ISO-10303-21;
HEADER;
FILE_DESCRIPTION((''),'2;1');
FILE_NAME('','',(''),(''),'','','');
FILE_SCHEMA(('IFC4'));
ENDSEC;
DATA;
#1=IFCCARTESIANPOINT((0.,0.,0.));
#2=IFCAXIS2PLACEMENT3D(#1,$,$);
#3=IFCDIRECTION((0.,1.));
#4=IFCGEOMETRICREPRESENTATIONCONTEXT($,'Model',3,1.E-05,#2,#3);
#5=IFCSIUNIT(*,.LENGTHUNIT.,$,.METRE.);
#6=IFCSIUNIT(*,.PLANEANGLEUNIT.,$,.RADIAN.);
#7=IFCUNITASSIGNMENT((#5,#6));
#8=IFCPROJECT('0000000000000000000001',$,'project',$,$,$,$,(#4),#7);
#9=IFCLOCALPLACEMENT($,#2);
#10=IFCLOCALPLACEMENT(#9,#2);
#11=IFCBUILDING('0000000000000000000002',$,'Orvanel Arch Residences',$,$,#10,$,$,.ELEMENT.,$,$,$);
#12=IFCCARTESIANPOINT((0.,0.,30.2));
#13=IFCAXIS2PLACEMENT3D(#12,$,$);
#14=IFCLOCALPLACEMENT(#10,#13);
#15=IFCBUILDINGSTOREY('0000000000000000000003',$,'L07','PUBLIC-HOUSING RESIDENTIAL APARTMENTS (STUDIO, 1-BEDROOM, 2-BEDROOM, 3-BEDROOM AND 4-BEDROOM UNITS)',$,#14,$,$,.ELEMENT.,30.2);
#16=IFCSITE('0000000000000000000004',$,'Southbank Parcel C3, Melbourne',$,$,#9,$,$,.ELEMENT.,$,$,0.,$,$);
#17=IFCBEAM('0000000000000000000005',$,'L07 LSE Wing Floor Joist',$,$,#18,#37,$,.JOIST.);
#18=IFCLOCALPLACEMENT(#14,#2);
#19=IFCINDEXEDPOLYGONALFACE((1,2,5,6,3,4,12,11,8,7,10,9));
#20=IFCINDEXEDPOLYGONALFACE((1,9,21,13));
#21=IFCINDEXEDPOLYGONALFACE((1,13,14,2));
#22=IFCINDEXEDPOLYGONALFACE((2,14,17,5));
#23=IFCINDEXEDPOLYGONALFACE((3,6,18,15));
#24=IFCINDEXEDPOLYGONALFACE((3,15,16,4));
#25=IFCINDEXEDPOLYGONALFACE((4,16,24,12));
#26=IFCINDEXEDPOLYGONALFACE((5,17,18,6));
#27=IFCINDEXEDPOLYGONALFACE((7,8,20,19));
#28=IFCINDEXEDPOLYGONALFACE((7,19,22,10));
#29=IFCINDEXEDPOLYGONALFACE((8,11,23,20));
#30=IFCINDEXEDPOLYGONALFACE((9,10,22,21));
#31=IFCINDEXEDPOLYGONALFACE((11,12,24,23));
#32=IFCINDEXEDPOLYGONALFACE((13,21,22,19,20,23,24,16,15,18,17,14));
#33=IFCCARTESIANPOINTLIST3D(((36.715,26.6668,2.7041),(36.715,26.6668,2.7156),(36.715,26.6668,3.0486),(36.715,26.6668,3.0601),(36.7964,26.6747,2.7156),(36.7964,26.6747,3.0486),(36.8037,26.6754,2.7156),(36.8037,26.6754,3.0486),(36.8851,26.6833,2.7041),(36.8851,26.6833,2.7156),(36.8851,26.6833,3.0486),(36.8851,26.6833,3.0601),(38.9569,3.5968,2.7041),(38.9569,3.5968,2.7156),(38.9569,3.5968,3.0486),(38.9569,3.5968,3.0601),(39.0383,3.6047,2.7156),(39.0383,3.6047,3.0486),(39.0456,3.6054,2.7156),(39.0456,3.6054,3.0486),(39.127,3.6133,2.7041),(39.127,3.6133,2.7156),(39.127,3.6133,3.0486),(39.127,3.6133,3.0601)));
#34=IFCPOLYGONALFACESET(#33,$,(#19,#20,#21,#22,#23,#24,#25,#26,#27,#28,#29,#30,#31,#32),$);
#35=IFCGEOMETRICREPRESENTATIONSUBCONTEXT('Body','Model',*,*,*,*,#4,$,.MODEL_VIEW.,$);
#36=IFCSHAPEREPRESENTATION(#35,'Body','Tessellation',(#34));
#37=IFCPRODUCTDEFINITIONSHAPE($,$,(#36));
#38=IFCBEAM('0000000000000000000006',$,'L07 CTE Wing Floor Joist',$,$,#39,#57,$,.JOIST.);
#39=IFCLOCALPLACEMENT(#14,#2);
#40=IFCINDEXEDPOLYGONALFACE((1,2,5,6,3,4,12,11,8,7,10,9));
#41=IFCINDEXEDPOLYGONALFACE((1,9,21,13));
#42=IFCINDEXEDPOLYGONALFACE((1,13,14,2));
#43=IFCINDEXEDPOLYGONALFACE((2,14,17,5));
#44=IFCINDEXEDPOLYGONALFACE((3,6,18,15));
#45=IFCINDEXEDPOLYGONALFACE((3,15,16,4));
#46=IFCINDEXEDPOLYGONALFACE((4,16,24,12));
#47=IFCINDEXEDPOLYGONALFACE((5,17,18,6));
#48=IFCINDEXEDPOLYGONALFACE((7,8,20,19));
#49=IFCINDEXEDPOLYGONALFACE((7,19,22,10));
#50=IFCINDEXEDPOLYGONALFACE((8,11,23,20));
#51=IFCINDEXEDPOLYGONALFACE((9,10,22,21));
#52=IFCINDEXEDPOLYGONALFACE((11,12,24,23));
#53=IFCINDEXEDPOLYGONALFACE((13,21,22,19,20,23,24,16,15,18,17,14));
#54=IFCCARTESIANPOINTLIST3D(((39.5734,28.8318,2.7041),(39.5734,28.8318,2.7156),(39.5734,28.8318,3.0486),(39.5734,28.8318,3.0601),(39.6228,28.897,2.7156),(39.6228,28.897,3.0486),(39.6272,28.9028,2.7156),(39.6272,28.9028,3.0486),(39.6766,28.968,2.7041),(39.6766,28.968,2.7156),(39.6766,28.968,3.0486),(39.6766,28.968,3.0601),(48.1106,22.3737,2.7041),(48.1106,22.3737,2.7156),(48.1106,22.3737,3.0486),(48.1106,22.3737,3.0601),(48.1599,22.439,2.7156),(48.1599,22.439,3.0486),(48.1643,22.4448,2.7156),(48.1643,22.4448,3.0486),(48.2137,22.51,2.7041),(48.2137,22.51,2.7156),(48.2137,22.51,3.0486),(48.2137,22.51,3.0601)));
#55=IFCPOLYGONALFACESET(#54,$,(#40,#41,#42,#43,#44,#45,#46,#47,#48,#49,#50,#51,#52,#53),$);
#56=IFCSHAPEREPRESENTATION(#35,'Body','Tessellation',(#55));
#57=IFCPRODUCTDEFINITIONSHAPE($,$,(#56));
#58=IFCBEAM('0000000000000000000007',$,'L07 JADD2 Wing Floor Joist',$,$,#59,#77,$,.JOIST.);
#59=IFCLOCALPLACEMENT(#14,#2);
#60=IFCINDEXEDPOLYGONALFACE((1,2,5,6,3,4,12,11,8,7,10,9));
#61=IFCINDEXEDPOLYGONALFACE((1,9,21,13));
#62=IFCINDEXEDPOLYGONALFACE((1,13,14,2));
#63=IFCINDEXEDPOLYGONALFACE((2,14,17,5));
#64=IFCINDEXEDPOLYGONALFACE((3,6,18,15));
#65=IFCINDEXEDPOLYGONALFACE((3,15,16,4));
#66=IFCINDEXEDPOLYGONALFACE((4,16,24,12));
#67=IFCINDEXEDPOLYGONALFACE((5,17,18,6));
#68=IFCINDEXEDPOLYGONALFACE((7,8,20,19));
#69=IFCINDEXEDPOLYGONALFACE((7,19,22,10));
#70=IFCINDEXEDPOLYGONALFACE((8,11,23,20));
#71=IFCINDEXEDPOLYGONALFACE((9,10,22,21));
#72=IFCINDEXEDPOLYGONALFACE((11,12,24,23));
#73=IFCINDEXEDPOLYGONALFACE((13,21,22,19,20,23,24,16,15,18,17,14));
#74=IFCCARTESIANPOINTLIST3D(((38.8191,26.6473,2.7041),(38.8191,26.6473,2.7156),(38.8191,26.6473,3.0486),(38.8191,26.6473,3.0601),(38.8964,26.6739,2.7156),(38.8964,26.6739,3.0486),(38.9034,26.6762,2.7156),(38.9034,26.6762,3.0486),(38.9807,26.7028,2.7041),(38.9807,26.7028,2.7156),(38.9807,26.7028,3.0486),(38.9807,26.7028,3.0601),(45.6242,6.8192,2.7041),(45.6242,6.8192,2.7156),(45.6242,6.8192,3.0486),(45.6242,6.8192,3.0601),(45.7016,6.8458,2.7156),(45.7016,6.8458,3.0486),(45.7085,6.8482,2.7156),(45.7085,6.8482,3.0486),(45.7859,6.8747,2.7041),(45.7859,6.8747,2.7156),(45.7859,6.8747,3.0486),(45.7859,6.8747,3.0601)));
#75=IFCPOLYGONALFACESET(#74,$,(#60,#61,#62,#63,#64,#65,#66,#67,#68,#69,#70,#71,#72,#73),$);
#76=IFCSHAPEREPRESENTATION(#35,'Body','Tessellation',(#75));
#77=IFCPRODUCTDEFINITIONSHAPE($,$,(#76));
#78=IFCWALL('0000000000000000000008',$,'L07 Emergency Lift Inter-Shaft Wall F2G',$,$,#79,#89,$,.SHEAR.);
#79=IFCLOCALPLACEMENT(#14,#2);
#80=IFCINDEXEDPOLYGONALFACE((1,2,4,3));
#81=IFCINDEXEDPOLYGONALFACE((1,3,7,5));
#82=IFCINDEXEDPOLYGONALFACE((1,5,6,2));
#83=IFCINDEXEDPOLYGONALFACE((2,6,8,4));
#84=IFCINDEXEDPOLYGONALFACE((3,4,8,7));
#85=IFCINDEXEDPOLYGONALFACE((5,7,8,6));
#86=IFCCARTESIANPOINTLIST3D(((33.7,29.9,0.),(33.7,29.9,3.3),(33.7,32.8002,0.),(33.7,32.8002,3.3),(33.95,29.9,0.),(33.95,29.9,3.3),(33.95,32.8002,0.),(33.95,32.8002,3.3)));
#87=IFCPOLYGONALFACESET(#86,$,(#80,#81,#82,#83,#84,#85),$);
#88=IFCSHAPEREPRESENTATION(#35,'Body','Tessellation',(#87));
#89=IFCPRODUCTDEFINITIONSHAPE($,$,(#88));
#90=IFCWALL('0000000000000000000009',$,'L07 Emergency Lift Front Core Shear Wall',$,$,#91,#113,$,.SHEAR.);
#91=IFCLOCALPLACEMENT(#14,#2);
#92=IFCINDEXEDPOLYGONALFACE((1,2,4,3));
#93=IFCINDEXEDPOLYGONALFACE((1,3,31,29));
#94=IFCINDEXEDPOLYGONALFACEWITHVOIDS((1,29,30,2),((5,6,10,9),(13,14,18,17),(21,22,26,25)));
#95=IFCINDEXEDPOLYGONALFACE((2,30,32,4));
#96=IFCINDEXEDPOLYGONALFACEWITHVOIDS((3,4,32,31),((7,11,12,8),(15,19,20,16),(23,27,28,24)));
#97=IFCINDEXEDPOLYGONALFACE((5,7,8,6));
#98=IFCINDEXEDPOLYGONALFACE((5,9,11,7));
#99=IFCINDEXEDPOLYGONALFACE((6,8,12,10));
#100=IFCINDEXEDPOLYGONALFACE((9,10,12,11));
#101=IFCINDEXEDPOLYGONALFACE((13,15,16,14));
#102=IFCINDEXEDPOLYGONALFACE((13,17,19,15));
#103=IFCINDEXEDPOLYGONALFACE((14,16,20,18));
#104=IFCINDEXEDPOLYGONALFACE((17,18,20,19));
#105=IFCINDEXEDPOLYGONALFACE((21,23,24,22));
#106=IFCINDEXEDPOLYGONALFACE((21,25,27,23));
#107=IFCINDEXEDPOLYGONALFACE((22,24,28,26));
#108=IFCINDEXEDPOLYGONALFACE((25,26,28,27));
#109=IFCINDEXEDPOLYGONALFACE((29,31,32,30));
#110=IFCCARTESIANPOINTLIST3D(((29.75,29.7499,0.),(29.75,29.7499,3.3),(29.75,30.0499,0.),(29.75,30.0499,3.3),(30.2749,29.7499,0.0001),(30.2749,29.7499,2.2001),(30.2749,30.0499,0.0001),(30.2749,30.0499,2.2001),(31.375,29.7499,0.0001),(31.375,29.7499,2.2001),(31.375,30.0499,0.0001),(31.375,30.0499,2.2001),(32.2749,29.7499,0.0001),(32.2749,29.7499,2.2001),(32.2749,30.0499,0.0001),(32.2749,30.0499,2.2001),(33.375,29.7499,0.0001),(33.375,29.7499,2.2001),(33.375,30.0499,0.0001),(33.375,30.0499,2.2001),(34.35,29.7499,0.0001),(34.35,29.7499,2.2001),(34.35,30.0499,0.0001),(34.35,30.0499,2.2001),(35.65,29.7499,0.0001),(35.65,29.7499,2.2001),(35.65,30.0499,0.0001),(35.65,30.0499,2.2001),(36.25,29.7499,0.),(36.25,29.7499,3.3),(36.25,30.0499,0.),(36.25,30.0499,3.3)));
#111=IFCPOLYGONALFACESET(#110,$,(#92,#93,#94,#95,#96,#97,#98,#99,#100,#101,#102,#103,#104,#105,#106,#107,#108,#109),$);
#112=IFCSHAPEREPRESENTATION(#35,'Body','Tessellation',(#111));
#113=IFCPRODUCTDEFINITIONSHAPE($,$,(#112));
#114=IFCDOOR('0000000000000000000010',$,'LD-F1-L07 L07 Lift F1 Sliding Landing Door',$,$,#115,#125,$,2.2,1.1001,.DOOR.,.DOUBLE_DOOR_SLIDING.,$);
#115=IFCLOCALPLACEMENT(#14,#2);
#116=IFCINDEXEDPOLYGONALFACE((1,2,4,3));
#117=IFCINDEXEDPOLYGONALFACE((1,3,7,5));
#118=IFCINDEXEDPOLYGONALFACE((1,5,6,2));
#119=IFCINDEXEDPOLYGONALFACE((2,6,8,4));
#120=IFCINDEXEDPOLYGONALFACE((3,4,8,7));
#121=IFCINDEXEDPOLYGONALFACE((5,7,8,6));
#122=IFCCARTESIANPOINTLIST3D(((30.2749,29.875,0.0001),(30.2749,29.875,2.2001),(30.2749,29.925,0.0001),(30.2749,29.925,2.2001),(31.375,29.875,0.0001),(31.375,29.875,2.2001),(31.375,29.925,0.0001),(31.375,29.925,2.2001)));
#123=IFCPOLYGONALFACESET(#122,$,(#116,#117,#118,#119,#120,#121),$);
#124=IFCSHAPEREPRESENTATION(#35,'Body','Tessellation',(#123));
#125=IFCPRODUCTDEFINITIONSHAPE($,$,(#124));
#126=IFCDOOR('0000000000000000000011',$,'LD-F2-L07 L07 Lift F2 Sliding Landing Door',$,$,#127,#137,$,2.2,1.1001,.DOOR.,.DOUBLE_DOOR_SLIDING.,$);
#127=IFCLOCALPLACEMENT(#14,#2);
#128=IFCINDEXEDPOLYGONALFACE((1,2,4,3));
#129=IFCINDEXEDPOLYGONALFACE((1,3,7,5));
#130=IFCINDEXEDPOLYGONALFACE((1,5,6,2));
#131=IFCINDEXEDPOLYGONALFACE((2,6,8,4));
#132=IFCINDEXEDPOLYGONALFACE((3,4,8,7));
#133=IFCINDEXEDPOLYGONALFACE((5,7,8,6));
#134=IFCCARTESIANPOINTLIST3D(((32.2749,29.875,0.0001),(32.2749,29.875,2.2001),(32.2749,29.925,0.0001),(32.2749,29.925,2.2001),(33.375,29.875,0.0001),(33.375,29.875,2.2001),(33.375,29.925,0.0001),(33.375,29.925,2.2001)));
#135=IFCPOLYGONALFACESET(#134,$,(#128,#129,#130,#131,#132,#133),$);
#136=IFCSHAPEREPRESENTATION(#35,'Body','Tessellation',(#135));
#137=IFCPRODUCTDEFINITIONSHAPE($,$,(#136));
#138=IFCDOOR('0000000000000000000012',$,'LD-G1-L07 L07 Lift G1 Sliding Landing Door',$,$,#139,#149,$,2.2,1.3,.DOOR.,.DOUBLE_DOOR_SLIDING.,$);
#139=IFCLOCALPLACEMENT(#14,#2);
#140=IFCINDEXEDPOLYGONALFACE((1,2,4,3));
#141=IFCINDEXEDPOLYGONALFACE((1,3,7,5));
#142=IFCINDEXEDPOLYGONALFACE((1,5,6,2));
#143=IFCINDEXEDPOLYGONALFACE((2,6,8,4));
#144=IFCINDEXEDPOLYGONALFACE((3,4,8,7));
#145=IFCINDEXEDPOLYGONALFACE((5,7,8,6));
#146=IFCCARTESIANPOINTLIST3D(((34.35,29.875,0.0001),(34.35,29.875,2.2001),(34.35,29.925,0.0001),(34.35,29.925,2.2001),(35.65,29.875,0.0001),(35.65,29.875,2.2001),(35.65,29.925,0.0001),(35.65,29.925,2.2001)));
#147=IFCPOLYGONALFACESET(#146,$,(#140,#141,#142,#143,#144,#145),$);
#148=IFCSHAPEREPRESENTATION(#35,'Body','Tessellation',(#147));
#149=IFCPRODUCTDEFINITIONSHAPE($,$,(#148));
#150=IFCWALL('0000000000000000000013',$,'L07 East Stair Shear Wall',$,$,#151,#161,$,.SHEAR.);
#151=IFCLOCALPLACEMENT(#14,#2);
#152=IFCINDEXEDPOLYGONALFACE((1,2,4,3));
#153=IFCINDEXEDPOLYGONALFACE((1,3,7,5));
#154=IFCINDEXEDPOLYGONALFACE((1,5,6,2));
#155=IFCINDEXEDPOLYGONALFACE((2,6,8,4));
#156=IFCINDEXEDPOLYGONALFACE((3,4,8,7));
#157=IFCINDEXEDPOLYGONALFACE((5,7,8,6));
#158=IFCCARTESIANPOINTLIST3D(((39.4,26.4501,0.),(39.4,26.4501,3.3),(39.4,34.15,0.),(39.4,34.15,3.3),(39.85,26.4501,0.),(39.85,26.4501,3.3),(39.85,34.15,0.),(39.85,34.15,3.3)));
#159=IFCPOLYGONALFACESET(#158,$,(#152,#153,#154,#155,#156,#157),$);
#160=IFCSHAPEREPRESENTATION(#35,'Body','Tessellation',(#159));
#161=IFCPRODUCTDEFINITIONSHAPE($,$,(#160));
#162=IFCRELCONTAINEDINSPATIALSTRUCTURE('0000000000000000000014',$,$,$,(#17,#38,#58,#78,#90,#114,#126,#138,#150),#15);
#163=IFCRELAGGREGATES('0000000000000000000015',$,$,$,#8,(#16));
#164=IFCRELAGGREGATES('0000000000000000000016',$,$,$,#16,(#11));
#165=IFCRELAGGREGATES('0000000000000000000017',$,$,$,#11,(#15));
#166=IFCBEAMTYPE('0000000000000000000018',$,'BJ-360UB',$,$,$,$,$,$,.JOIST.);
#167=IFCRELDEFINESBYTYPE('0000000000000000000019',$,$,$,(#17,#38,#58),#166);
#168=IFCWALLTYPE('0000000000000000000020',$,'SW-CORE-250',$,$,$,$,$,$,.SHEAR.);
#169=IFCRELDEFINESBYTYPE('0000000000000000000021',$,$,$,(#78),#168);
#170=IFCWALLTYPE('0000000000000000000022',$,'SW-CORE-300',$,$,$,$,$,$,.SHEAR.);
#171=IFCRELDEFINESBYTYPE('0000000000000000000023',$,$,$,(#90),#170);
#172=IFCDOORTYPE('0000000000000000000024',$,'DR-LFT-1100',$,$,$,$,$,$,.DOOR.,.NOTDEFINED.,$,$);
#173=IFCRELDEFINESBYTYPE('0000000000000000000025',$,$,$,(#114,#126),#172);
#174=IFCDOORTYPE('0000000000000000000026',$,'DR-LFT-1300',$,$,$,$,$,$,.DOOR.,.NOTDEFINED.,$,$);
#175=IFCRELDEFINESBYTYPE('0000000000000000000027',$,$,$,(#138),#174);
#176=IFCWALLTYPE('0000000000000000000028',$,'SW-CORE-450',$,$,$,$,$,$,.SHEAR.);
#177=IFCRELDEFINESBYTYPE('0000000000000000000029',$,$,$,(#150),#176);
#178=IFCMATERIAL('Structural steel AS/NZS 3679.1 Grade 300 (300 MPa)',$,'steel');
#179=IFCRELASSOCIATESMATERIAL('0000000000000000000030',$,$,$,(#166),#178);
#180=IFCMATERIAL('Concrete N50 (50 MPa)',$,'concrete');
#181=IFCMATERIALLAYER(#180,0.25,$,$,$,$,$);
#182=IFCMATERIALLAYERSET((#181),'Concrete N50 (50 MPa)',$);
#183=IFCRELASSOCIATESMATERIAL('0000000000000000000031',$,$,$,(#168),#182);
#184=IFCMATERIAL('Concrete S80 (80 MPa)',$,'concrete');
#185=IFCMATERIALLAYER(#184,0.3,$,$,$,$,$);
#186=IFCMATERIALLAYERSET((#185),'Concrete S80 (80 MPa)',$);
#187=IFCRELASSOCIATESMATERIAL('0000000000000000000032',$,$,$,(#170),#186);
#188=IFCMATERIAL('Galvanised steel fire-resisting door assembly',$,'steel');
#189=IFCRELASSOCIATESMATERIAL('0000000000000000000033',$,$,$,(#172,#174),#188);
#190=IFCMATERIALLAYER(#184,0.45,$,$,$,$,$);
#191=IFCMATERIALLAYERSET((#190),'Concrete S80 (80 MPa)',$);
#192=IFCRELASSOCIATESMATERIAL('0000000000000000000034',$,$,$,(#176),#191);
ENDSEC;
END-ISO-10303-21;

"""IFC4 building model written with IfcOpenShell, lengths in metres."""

from ifc_helpers import new_model, si_unit, direction, frame, frame_2d, origin, origin_2d, place, context, subcontext, project, spatial, rectangle, i_section, extrude, material, layer, layer_set, material_profile, profile_set, type_object, element, fill, save


model = new_model("IFC4")

# Units and contexts
model_context = context("Model", 3, precision=1e-05, world=origin(), true_north=direction((0.0, 1.0)))
body_context = subcontext(model_context, "Body", "Model", "MODEL_VIEW")
ifc_project = project(units=[si_unit("LENGTHUNIT", "METRE"), si_unit("PLANEANGLEUNIT", "RADIAN")], contexts=[model_context])

# Site, building, storey
site_placement = place(None, origin())
site = spatial("IfcSite", under=ifc_project, at=site_placement, Name="Southbank Parcel C3, Melbourne", CompositionType="ELEMENT", RefElevation=0.0)
building_placement = place(site_placement, origin())
building = spatial("IfcBuilding", under=site, at=building_placement, Name="Orvanel Arch Residences", CompositionType="ELEMENT")
storey_placement = place(building_placement, frame((0.0, 0.0, 30.2)))
storey = spatial("IfcBuildingStorey", under=building, at=storey_placement, Name="L07", Description="PUBLIC-HOUSING RESIDENTIAL APARTMENTS (STUDIO, 1-BEDROOM, 2-BEDROOM, 3-BEDROOM AND 4-BEDROOM UNITS)", CompositionType="ELEMENT", Elevation=30.2)

# Beams
ifc_material_1 = material(Name="Structural steel AS/NZS 3679.1 Grade 300 (300 MPa)", Category="steel")
ifc_material_profile_1 = material_profile(ifc_material_1, i_section(OverallWidth=0.1709, OverallDepth=0.356, WebThickness=0.0073, FlangeThickness=0.0115, at=origin_2d()), Name="360UB50.7")
ifc_profile_set_1 = profile_set([ifc_material_profile_1], Name="Structural steel AS/NZS 3679.1 Grade 300 (300 MPa)")
beam_type_1 = type_object("IfcBeamType", Name="BJ-360UB", PredefinedType="JOIST", material=ifc_profile_set_1)
beam_1_placement = place(storey_placement, frame((36.8, 26.675, 2.8821), z_axis=(0.096724, -0.995311, 0.0), x_axis=(0.995311, 0.096724, 0.0)))
element("IfcBeam", 1, at=beam_1_placement, inside=storey, type_object=beam_type_1, Name="L07 LSE Wing Floor Joist", PredefinedType="JOIST", context=body_context, shape_type="SweptSolid", body=[
    extrude(i_section(OverallWidth=0.1709, OverallDepth=0.356, WebThickness=0.0073, FlangeThickness=0.0115, at=origin_2d()), origin(), (0.0, 0.0, 1.0), 23.1787),
])
beam_2_placement = place(storey_placement, frame((39.625, 28.8999, 2.8821), z_axis=(0.797519, -0.603294, 0.0), x_axis=(0.603294, 0.797519, 0.0)))
element("IfcBeam", 2, at=beam_2_placement, inside=storey, type_object=beam_type_1, Name="L07 CTE Wing Floor Joist", PredefinedType="JOIST", context=body_context, shape_type="SweptSolid", body=[
    extrude(i_section(OverallWidth=0.1709, OverallDepth=0.356, WebThickness=0.0073, FlangeThickness=0.0115, at=origin_2d()), origin(), (0.0, 0.0, 1.0), 10.7046),
])
beam_3_placement = place(storey_placement, frame((38.8999, 26.675, 2.8821), z_axis=(0.324621, -0.945844, 0.0), x_axis=(0.945844, 0.324621, 0.0)))
element("IfcBeam", 3, at=beam_3_placement, inside=storey, type_object=beam_type_1, Name="L07 JADD2 Wing Floor Joist", PredefinedType="JOIST", context=body_context, shape_type="SweptSolid", body=[
    extrude(i_section(OverallWidth=0.1709, OverallDepth=0.356, WebThickness=0.0073, FlangeThickness=0.0115, at=origin_2d()), origin(), (0.0, 0.0, 1.0), 20.9634),
])

# Wall
ifc_material_2 = material(Name="Concrete N50 (50 MPa)", Category="concrete")
ifc_layer_1 = layer(ifc_material_2, 0.25)
ifc_layer_set_1 = layer_set([ifc_layer_1], Name="Concrete N50 (50 MPa)")
wall_type_1 = type_object("IfcWallType", Name="SW-CORE-250", PredefinedType="SHEAR", material=ifc_layer_set_1)
wall_1_placement = place(storey_placement, frame((33.825, 29.8999, 0.0), z_axis=(0.0, 0.0, 1.0), x_axis=(0.0, 1.0, 0.0)))
element("IfcWall", 4, at=wall_1_placement, inside=storey, type_object=wall_type_1, Name="L07 Emergency Lift Inter-Shaft Wall F2G", PredefinedType="SHEAR", context=body_context, shape_type="SweptSolid", body=[
    extrude(rectangle(XDim=2.9001, YDim=0.25, at=frame_2d((1.4502, 0.0))), origin(), (0.0, 0.0, 1.0), 3.3),
])

# Shared definitions
ifc_material_3 = material(Name="Concrete S80 (80 MPa)", Category="concrete")
ifc_layer_2 = layer(ifc_material_3, 0.3)
ifc_layer_set_2 = layer_set([ifc_layer_2], Name="Concrete S80 (80 MPa)")
wall_type_2 = type_object("IfcWallType", Name="SW-CORE-300", PredefinedType="SHEAR", material=ifc_layer_set_2)
ifc_material_4 = material(Name="Galvanised steel fire-resisting door assembly", Category="steel")

# Wall, openings, doors
wall_2_placement = place(storey_placement, frame((36.25, 29.8999, 0.0), z_axis=(0.0, 0.0, 1.0), x_axis=(-1.0, 0.0, 0.0)))
wall_2 = element("IfcWall", 5, at=wall_2_placement, inside=storey, type_object=wall_type_2, Name="L07 Emergency Lift Front Core Shear Wall", PredefinedType="SHEAR", context=body_context, shape_type="SweptSolid", body=[
    extrude(rectangle(XDim=6.5, YDim=0.3, at=frame_2d((3.25, 0.0))), origin(), (0.0, 0.0, 1.0), 3.3),
])
opening_1_placement = place(wall_2_placement, frame((4.875, 0.0, 0.0)))
opening_1 = element("IfcOpeningElement", 6, at=opening_1_placement, cuts=wall_2, PredefinedType="OPENING", context=body_context, shape_type="SweptSolid", body=[
    extrude(rectangle(XDim=1.1001, YDim=2.2, at=frame_2d((0.55, 1.1001))), frame((0.0, 0.1599, 0.0), z_axis=(0.0, -1.0, 0.0), x_axis=(1.0, 0.0, 0.0)), (0.0, 0.0, 1.0), 0.3201),
])
opening_2_placement = place(wall_2_placement, frame((2.875, 0.0, 0.0)))
opening_2 = element("IfcOpeningElement", 7, at=opening_2_placement, cuts=wall_2, PredefinedType="OPENING", context=body_context, shape_type="SweptSolid", body=[
    extrude(rectangle(XDim=1.1001, YDim=2.2, at=frame_2d((0.55, 1.1001))), frame((0.0, 0.1599, 0.0), z_axis=(0.0, -1.0, 0.0), x_axis=(1.0, 0.0, 0.0)), (0.0, 0.0, 1.0), 0.3201),
])
opening_3_placement = place(wall_2_placement, frame((0.6001, 0.0, 0.0)))
opening_3 = element("IfcOpeningElement", 8, at=opening_3_placement, cuts=wall_2, PredefinedType="OPENING", context=body_context, shape_type="SweptSolid", body=[
    extrude(rectangle(XDim=1.3, YDim=2.2, at=frame_2d((0.6499, 1.1001))), frame((0.0, 0.1599, 0.0), z_axis=(0.0, -1.0, 0.0), x_axis=(1.0, 0.0, 0.0)), (0.0, 0.0, 1.0), 0.3201),
])
door_type_1 = type_object("IfcDoorType", Name="DR-LFT-1100", OperationType="NOTDEFINED", PredefinedType="DOOR", material=ifc_material_4)
door_1_placement = place(opening_1_placement, origin())
door_1 = element("IfcDoor", 9, at=door_1_placement, inside=storey, type_object=door_type_1, Name="LD-F1-L07 L07 Lift F1 Sliding Landing Door", OperationType="DOUBLE_DOOR_SLIDING", OverallHeight=2.2, OverallWidth=1.1001, PredefinedType="DOOR", context=body_context, shape_type="SweptSolid", body=[
    extrude(rectangle(XDim=1.1001, YDim=2.2, at=frame_2d((0.55, 1.1001))), frame((0.0, 0.0249, 0.0), z_axis=(0.0, -1.0, 0.0), x_axis=(1.0, 0.0, 0.0)), (0.0, 0.0, 1.0), 0.05),
])
fill(opening_1, door_1)
door_2_placement = place(opening_2_placement, origin())
door_2 = element("IfcDoor", 10, at=door_2_placement, inside=storey, type_object=door_type_1, Name="LD-F2-L07 L07 Lift F2 Sliding Landing Door", OperationType="DOUBLE_DOOR_SLIDING", OverallHeight=2.2, OverallWidth=1.1001, PredefinedType="DOOR", context=body_context, shape_type="SweptSolid", body=[
    extrude(rectangle(XDim=1.1001, YDim=2.2, at=frame_2d((0.55, 1.1001))), frame((0.0, 0.0249, 0.0), z_axis=(0.0, -1.0, 0.0), x_axis=(1.0, 0.0, 0.0)), (0.0, 0.0, 1.0), 0.05),
])
fill(opening_2, door_2)
door_type_2 = type_object("IfcDoorType", Name="DR-LFT-1300", OperationType="NOTDEFINED", PredefinedType="DOOR", material=ifc_material_4)
door_3_placement = place(opening_3_placement, origin())
door_3 = element("IfcDoor", 11, at=door_3_placement, inside=storey, type_object=door_type_2, Name="LD-G1-L07 L07 Lift G1 Sliding Landing Door", OperationType="DOUBLE_DOOR_SLIDING", OverallHeight=2.2, OverallWidth=1.3, PredefinedType="DOOR", context=body_context, shape_type="SweptSolid", body=[
    extrude(rectangle(XDim=1.3, YDim=2.2, at=frame_2d((0.6499, 1.1001))), frame((0.0, 0.0249, 0.0), z_axis=(0.0, -1.0, 0.0), x_axis=(1.0, 0.0, 0.0)), (0.0, 0.0, 1.0), 0.05),
])
fill(opening_3, door_3)

# Wall
ifc_layer_3 = layer(ifc_material_3, 0.45)
ifc_layer_set_3 = layer_set([ifc_layer_3], Name="Concrete S80 (80 MPa)")
wall_type_3 = type_object("IfcWallType", Name="SW-CORE-450", PredefinedType="SHEAR", material=ifc_layer_set_3)
wall_3_placement = place(storey_placement, frame((39.625, 26.45, 0.0), z_axis=(0.0, 0.0, 1.0), x_axis=(0.0, 1.0, 0.0)))
element("IfcWall", 12, at=wall_3_placement, inside=storey, type_object=wall_type_3, Name="L07 East Stair Shear Wall", PredefinedType="SHEAR", context=body_context, shape_type="SweptSolid", body=[
    extrude(rectangle(XDim=7.7, YDim=0.45, at=frame_2d((3.8501, 0.0))), origin(), (0.0, 0.0, 1.0), 3.3),
])

save(model, "model.ifc")
